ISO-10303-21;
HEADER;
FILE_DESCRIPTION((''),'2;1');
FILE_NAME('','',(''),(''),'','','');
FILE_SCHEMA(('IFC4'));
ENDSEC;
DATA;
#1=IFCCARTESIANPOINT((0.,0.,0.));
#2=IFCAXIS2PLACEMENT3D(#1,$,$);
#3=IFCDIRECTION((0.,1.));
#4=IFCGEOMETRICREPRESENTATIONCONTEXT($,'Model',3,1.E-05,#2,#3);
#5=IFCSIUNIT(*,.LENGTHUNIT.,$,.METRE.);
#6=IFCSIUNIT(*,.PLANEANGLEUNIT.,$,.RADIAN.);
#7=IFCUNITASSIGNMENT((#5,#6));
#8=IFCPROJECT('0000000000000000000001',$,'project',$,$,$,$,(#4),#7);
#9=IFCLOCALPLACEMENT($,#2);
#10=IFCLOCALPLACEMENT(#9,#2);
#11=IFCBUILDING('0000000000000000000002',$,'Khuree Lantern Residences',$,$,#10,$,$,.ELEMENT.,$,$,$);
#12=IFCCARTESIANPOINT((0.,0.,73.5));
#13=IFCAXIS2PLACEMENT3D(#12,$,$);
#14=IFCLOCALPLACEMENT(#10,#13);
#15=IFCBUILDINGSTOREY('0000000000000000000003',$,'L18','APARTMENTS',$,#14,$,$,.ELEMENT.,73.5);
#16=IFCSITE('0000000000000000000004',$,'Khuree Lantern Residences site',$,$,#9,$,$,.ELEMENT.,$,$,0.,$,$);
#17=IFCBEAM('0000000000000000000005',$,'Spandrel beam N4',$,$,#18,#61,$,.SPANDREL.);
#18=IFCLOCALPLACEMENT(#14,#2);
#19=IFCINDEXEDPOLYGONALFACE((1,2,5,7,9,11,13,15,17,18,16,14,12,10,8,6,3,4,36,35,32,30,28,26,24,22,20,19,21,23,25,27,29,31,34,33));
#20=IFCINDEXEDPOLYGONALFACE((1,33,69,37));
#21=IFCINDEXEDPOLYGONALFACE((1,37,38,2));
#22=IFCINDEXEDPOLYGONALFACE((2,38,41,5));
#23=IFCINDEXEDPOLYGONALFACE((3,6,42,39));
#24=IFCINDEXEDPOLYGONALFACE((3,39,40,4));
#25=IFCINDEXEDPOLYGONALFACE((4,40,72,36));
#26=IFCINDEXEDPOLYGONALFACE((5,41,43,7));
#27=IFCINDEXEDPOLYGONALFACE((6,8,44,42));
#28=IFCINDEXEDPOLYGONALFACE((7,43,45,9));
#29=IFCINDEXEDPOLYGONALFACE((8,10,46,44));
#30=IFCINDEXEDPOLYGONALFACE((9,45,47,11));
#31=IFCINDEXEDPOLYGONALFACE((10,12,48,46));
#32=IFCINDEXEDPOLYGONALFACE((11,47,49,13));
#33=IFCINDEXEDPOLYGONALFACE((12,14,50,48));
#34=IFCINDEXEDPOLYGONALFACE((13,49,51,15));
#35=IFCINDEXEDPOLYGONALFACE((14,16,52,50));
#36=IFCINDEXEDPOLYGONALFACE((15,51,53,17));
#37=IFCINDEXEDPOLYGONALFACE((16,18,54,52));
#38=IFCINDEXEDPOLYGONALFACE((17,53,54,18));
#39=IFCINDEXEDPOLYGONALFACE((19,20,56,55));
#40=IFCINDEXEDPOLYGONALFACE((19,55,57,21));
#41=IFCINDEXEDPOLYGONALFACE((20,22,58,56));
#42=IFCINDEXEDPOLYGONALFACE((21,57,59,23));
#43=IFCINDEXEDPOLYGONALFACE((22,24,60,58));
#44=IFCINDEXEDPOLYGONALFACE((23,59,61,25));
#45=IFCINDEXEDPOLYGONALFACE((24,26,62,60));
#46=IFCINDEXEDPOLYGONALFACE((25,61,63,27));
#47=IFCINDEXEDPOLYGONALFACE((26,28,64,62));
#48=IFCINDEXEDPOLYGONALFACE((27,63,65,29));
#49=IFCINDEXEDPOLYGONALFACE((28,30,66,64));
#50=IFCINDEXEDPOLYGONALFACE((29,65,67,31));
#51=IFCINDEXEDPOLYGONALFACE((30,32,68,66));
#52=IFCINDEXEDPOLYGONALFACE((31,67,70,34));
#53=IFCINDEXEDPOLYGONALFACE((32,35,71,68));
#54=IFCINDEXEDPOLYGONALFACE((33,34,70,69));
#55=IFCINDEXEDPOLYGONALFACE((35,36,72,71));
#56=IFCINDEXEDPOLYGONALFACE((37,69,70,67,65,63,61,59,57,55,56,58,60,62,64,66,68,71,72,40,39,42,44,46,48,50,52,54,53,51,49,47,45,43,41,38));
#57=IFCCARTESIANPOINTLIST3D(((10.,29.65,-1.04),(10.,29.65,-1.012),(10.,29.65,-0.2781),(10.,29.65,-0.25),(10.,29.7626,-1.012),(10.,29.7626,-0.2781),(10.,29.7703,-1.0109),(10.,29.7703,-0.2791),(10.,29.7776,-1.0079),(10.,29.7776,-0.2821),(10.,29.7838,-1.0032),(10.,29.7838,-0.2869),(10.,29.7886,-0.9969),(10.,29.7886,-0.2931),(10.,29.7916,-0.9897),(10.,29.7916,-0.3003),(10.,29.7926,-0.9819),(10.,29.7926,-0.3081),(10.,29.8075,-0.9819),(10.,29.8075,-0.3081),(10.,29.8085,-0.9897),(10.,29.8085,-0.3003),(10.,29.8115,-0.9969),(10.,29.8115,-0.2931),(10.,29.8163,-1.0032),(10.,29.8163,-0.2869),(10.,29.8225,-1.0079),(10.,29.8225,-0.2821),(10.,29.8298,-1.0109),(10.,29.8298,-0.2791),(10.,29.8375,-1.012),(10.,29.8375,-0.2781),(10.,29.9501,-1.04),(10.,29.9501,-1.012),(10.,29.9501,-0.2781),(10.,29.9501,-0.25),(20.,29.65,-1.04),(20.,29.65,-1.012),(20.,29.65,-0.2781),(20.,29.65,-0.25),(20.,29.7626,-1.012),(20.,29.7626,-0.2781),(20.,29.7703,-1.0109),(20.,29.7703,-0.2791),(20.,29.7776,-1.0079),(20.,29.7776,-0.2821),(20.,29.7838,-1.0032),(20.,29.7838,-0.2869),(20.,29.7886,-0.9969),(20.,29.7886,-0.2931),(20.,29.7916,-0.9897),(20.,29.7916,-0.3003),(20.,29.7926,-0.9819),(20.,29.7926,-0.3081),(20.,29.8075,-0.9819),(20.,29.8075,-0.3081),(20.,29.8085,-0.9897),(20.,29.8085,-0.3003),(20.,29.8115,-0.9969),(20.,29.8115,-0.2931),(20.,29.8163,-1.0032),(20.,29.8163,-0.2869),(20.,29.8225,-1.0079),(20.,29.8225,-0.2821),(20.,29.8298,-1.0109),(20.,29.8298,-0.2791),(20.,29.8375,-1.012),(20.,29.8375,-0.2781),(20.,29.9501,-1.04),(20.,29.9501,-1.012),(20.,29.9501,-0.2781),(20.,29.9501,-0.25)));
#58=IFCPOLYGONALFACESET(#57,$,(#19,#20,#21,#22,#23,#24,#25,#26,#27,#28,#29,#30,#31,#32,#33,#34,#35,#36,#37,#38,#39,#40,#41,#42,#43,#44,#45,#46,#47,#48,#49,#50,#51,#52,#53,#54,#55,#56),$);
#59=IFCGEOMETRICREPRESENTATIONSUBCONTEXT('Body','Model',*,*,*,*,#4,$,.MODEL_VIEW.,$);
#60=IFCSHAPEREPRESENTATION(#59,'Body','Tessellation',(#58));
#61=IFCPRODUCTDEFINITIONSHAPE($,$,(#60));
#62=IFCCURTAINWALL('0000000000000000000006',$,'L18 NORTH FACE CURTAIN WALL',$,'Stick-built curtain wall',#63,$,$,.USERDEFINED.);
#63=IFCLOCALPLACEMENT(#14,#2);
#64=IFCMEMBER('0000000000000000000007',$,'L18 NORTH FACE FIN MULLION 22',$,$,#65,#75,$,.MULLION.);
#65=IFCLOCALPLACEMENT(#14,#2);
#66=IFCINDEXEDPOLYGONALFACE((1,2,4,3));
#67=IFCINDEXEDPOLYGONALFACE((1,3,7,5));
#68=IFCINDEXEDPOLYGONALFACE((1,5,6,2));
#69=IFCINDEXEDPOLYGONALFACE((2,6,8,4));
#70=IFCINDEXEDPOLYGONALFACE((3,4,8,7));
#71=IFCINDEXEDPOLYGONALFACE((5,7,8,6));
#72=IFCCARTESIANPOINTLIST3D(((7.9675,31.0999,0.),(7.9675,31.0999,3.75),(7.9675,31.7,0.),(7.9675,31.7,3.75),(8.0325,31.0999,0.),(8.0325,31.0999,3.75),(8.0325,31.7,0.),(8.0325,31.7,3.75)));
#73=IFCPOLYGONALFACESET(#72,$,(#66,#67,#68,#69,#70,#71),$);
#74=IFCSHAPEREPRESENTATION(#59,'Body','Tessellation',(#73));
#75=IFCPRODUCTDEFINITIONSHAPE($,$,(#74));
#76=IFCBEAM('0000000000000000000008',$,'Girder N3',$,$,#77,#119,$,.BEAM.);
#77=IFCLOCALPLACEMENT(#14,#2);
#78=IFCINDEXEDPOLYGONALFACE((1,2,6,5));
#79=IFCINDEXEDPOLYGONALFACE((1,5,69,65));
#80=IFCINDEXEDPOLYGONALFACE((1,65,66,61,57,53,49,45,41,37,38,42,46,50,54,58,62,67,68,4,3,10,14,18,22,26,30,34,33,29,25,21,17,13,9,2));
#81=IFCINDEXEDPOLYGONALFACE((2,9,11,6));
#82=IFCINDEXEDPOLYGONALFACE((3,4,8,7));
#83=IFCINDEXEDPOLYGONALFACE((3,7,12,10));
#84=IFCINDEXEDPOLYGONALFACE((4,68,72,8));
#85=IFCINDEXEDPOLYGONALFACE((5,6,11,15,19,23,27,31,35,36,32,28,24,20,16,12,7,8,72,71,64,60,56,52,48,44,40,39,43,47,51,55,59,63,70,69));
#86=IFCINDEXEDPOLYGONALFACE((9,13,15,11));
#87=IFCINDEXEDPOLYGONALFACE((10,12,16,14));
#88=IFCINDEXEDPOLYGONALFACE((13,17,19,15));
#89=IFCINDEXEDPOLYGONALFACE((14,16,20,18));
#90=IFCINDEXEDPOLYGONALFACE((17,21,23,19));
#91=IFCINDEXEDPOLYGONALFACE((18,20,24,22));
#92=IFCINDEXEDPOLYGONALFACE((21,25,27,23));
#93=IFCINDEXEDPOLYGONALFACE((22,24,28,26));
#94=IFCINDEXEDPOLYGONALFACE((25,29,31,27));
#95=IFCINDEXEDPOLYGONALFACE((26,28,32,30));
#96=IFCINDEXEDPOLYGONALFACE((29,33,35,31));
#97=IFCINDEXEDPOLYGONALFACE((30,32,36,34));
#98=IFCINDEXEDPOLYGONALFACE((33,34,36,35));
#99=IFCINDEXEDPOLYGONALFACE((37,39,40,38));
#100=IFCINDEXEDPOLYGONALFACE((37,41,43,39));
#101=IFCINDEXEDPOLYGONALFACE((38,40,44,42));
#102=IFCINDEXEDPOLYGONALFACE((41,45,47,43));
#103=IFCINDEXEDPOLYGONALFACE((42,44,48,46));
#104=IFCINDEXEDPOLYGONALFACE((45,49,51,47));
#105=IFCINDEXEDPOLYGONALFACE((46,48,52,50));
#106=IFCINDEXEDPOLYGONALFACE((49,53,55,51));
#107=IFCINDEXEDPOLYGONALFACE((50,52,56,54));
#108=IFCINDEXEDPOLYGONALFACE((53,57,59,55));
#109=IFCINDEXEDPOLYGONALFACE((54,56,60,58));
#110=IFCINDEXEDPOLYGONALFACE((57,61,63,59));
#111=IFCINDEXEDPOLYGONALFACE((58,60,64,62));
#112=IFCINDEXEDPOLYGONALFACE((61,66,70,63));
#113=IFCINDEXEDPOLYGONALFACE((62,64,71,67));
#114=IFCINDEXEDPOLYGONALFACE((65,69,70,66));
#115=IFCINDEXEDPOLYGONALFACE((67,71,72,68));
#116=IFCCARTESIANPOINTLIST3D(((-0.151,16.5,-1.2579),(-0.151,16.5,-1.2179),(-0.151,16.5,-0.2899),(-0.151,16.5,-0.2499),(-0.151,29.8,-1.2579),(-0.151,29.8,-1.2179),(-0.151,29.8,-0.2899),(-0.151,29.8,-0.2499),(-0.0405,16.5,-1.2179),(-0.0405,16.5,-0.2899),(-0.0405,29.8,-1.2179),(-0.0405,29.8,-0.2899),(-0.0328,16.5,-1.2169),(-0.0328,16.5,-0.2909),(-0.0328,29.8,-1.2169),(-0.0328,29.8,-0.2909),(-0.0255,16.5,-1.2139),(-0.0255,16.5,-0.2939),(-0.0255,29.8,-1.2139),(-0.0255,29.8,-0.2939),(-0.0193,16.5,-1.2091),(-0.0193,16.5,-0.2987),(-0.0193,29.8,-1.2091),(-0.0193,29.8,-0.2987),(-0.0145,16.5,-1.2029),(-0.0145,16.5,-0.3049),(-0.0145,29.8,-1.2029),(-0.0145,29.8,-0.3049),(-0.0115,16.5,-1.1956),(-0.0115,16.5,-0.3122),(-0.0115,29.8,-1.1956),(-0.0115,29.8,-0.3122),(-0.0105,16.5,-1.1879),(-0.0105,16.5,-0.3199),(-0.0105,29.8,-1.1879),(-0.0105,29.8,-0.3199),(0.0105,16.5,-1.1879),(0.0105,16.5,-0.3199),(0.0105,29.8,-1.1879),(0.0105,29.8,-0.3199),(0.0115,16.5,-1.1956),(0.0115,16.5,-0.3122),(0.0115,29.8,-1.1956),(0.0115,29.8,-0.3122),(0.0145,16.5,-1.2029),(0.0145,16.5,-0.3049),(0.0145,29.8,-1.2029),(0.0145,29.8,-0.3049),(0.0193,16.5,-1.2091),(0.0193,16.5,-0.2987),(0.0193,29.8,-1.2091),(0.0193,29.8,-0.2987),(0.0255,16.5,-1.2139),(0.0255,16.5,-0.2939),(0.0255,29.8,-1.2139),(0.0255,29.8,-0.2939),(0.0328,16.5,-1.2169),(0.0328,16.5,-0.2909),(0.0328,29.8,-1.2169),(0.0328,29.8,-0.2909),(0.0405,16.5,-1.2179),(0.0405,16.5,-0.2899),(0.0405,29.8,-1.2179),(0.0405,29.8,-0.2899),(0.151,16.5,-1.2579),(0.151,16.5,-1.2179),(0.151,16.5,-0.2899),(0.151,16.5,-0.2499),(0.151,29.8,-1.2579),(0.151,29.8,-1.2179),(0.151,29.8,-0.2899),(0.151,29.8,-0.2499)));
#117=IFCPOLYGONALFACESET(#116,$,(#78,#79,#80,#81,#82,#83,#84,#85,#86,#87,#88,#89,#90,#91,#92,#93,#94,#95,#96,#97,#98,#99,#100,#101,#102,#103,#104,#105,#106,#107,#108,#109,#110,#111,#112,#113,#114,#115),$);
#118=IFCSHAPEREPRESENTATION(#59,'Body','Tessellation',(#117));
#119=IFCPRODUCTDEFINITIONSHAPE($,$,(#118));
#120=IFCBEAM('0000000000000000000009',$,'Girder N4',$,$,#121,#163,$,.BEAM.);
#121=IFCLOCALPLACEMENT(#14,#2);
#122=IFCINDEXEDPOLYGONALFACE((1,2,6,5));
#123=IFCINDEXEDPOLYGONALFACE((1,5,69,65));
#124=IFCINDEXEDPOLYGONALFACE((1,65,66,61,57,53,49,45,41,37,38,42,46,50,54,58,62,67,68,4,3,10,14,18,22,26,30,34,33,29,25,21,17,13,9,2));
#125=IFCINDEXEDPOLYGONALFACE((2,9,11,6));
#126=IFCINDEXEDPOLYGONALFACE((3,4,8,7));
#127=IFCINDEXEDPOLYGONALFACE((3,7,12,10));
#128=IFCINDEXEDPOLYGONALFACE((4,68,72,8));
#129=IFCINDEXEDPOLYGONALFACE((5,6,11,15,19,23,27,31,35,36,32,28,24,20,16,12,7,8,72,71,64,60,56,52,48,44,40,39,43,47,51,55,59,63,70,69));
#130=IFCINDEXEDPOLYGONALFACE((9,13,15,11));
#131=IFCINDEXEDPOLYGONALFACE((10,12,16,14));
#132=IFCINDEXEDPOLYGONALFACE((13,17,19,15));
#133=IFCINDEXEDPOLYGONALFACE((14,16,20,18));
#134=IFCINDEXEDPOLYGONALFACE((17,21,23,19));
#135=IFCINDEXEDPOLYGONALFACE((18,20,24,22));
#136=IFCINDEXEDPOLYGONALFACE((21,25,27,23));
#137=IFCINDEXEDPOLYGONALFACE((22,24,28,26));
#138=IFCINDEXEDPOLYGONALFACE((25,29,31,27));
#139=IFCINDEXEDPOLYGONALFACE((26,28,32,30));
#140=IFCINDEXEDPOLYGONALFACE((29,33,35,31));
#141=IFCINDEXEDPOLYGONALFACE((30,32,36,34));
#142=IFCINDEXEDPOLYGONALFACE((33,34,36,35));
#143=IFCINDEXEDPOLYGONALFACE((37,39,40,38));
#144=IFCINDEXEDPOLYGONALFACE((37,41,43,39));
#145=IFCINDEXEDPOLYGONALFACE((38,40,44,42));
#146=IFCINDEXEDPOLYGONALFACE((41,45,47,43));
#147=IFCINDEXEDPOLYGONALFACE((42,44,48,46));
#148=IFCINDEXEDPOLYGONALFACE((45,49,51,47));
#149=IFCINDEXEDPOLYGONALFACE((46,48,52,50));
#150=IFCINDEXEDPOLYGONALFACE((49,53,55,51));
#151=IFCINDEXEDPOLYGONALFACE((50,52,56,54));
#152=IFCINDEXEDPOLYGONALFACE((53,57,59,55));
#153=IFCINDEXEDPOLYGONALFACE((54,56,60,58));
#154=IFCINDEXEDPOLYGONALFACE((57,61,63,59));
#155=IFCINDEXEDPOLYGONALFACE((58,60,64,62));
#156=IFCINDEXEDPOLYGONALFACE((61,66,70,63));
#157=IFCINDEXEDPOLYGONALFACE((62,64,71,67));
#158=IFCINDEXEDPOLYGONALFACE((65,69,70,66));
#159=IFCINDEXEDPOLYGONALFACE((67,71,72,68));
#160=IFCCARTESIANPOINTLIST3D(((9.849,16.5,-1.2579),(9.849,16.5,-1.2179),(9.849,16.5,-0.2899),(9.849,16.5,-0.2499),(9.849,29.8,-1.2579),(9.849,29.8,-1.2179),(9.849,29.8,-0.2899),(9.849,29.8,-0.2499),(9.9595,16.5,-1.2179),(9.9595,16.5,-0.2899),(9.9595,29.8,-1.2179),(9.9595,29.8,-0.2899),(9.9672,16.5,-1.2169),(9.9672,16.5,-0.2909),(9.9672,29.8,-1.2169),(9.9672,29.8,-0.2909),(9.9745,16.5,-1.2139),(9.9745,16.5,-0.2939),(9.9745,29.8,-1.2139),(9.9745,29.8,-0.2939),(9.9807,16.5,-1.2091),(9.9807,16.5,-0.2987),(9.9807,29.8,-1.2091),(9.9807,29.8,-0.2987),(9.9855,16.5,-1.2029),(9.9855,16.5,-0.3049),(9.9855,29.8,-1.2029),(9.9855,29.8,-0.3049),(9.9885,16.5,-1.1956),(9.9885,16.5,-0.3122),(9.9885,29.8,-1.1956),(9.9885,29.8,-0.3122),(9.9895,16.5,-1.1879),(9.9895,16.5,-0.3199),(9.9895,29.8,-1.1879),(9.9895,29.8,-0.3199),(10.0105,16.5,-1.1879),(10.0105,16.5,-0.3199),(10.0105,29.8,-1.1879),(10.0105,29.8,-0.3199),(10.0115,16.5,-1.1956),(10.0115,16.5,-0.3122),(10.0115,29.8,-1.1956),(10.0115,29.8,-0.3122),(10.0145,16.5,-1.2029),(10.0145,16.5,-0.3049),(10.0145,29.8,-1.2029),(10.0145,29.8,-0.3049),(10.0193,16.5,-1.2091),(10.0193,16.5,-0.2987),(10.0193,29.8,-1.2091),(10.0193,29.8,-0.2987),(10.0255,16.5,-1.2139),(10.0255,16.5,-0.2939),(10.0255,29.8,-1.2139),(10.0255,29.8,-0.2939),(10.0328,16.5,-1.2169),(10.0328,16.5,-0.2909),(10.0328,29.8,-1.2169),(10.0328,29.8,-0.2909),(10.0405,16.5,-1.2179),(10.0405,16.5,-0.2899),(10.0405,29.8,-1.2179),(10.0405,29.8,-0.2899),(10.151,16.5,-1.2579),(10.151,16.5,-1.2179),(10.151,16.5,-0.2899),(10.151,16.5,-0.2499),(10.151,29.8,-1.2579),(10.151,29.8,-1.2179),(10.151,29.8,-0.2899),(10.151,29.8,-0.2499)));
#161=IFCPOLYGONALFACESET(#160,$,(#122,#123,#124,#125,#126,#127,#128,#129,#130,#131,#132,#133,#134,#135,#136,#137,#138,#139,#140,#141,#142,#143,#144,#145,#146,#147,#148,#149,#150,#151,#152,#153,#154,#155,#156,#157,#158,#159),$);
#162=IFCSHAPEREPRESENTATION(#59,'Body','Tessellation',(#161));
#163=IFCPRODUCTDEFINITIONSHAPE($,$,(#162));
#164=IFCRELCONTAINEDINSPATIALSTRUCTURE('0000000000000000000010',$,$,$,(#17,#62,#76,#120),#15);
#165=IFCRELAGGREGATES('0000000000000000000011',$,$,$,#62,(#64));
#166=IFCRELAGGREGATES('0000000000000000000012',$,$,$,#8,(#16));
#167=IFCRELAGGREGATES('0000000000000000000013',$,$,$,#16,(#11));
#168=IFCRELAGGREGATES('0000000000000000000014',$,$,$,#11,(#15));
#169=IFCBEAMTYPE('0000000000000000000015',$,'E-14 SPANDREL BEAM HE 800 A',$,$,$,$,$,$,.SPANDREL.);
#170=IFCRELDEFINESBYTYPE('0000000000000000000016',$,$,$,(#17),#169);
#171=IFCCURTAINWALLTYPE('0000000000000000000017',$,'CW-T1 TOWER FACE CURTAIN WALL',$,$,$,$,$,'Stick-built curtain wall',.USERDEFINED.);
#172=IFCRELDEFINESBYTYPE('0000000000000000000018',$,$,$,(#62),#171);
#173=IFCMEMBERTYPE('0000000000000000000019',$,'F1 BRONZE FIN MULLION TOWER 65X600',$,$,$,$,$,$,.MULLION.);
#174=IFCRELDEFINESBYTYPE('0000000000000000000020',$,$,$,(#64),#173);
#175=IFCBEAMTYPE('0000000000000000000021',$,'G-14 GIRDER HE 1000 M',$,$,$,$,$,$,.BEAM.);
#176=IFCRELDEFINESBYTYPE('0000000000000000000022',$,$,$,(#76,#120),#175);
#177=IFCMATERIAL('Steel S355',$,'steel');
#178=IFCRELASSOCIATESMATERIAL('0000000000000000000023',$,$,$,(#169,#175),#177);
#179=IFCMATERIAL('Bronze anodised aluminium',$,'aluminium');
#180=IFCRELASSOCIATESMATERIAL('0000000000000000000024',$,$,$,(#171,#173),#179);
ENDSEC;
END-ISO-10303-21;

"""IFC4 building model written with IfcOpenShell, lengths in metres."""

from ifc_helpers import new_model, si_unit, direction, frame, origin, origin_2d, place, context, subcontext, project, spatial, rectangle, i_section, extrude, material, material_profile, profile_set, type_object, element, aggregate, save


model = new_model("IFC4")

# Units and contexts
model_context = context("Model", 3, precision=1e-05, world=origin(), true_north=direction((0.0, 1.0)))
body_context = subcontext(model_context, "Body", "Model", "MODEL_VIEW")
ifc_project = project(units=[si_unit("LENGTHUNIT", "METRE"), si_unit("PLANEANGLEUNIT", "RADIAN")], contexts=[model_context])

# Site, building, storey
site_placement = place(None, origin())
site = spatial("IfcSite", under=ifc_project, at=site_placement, Name="Khuree Lantern Residences site", CompositionType="ELEMENT", RefElevation=0.0)
building_placement = place(site_placement, origin())
building = spatial("IfcBuilding", under=site, at=building_placement, Name="Khuree Lantern Residences", CompositionType="ELEMENT")
storey_placement = place(building_placement, frame((0.0, 0.0, 73.5)))
storey = spatial("IfcBuildingStorey", under=building, at=storey_placement, Name="L18", Description="APARTMENTS", CompositionType="ELEMENT", Elevation=73.5)

# Beam
ifc_material_1 = material(Name="Steel S355", Category="steel")
ifc_material_profile_1 = material_profile(ifc_material_1, i_section(OverallWidth=0.3, OverallDepth=0.79, WebThickness=0.0149, FlangeThickness=0.0281, FilletRadius=0.03, at=origin_2d()), Name="HE 800 A")
ifc_profile_set_1 = profile_set([ifc_material_profile_1], Name="Steel S355")
beam_type_1 = type_object("IfcBeamType", Name="E-14 SPANDREL BEAM HE 800 A", PredefinedType="SPANDREL", material=ifc_profile_set_1)
for number, where, z_axis, x_axis, name in (
    (1, (10.0, 29.8, -0.645), (1.0, 0.0, 0.0), (0.0, 1.0, 0.0), "Spandrel beam N4"),
):
    element("IfcBeam", number, at=place(storey_placement, frame(where, z_axis=z_axis, x_axis=x_axis)), inside=storey, type_object=beam_type_1, Name=name, PredefinedType="SPANDREL", context=body_context, shape_type="SweptSolid", body=[
        extrude(i_section(OverallWidth=0.3, OverallDepth=0.79, WebThickness=0.0149, FlangeThickness=0.0281, FilletRadius=0.03, at=origin_2d()), origin(), (0.0, 0.0, 1.0), 10.0),
    ])

# Curtain wall, member
ifc_material_2 = material(Name="Bronze anodised aluminium", Category="aluminium")
curtain_wall_type = type_object("IfcCurtainWallType", Name="CW-T1 TOWER FACE CURTAIN WALL", ElementType="Stick-built curtain wall", PredefinedType="USERDEFINED", material=ifc_material_2)
curtain_wall_placement = place(storey_placement, origin())
curtain_wall = element("IfcCurtainWall", 2, at=curtain_wall_placement, inside=storey, type_object=curtain_wall_type, Name="L18 NORTH FACE CURTAIN WALL", ObjectType="Stick-built curtain wall", PredefinedType="USERDEFINED")
ifc_material_profile_2 = material_profile(ifc_material_2, rectangle(XDim=0.0649, YDim=0.6001, at=origin_2d()), Name="F1 65X600")
ifc_profile_set_2 = profile_set([ifc_material_profile_2], Name="Bronze anodised aluminium")
member_type_1 = type_object("IfcMemberType", Name="F1 BRONZE FIN MULLION TOWER 65X600", PredefinedType="MULLION", material=ifc_profile_set_2)
member_1_placement = place(storey_placement, frame((8.0, 31.3999, 0.0), z_axis=(0.0, 0.0, 1.0), x_axis=(-1.0, 0.0, 0.0)))
member_1 = element("IfcMember", 3, at=member_1_placement, type_object=member_type_1, Name="L18 NORTH FACE FIN MULLION 22", PredefinedType="MULLION", context=body_context, shape_type="SweptSolid", body=[
    extrude(rectangle(XDim=0.0649, YDim=0.6001, at=origin_2d()), origin(), (0.0, 0.0, 1.0), 3.75),
])

# Beams
ifc_material_profile_3 = material_profile(ifc_material_1, i_section(OverallWidth=0.302, OverallDepth=1.0081, WebThickness=0.021, FlangeThickness=0.04, FilletRadius=0.03, at=origin_2d()), Name="HE 1000 M")
ifc_profile_set_3 = profile_set([ifc_material_profile_3], Name="Steel S355")
beam_type_2 = type_object("IfcBeamType", Name="G-14 GIRDER HE 1000 M", PredefinedType="BEAM", material=ifc_profile_set_3)
for number, where, z_axis, x_axis, name in (
    (4, (0.0, 29.8, -0.7539), (0.0, -1.0, 0.0), (1.0, 0.0, 0.0), "Girder N3"),
    (5, (10.0, 29.8, -0.7539), (0.0, -1.0, 0.0), (1.0, 0.0, 0.0), "Girder N4"),
):
    element("IfcBeam", number, at=place(storey_placement, frame(where, z_axis=z_axis, x_axis=x_axis)), inside=storey, type_object=beam_type_2, Name=name, PredefinedType="BEAM", context=body_context, shape_type="SweptSolid", body=[
        extrude(i_section(OverallWidth=0.302, OverallDepth=1.0081, WebThickness=0.021, FlangeThickness=0.04, FilletRadius=0.03, at=origin_2d()), origin(), (0.0, 0.0, 1.0), 13.3),
    ])

aggregate(curtain_wall, [member_1])

save(model, "model.ifc")
